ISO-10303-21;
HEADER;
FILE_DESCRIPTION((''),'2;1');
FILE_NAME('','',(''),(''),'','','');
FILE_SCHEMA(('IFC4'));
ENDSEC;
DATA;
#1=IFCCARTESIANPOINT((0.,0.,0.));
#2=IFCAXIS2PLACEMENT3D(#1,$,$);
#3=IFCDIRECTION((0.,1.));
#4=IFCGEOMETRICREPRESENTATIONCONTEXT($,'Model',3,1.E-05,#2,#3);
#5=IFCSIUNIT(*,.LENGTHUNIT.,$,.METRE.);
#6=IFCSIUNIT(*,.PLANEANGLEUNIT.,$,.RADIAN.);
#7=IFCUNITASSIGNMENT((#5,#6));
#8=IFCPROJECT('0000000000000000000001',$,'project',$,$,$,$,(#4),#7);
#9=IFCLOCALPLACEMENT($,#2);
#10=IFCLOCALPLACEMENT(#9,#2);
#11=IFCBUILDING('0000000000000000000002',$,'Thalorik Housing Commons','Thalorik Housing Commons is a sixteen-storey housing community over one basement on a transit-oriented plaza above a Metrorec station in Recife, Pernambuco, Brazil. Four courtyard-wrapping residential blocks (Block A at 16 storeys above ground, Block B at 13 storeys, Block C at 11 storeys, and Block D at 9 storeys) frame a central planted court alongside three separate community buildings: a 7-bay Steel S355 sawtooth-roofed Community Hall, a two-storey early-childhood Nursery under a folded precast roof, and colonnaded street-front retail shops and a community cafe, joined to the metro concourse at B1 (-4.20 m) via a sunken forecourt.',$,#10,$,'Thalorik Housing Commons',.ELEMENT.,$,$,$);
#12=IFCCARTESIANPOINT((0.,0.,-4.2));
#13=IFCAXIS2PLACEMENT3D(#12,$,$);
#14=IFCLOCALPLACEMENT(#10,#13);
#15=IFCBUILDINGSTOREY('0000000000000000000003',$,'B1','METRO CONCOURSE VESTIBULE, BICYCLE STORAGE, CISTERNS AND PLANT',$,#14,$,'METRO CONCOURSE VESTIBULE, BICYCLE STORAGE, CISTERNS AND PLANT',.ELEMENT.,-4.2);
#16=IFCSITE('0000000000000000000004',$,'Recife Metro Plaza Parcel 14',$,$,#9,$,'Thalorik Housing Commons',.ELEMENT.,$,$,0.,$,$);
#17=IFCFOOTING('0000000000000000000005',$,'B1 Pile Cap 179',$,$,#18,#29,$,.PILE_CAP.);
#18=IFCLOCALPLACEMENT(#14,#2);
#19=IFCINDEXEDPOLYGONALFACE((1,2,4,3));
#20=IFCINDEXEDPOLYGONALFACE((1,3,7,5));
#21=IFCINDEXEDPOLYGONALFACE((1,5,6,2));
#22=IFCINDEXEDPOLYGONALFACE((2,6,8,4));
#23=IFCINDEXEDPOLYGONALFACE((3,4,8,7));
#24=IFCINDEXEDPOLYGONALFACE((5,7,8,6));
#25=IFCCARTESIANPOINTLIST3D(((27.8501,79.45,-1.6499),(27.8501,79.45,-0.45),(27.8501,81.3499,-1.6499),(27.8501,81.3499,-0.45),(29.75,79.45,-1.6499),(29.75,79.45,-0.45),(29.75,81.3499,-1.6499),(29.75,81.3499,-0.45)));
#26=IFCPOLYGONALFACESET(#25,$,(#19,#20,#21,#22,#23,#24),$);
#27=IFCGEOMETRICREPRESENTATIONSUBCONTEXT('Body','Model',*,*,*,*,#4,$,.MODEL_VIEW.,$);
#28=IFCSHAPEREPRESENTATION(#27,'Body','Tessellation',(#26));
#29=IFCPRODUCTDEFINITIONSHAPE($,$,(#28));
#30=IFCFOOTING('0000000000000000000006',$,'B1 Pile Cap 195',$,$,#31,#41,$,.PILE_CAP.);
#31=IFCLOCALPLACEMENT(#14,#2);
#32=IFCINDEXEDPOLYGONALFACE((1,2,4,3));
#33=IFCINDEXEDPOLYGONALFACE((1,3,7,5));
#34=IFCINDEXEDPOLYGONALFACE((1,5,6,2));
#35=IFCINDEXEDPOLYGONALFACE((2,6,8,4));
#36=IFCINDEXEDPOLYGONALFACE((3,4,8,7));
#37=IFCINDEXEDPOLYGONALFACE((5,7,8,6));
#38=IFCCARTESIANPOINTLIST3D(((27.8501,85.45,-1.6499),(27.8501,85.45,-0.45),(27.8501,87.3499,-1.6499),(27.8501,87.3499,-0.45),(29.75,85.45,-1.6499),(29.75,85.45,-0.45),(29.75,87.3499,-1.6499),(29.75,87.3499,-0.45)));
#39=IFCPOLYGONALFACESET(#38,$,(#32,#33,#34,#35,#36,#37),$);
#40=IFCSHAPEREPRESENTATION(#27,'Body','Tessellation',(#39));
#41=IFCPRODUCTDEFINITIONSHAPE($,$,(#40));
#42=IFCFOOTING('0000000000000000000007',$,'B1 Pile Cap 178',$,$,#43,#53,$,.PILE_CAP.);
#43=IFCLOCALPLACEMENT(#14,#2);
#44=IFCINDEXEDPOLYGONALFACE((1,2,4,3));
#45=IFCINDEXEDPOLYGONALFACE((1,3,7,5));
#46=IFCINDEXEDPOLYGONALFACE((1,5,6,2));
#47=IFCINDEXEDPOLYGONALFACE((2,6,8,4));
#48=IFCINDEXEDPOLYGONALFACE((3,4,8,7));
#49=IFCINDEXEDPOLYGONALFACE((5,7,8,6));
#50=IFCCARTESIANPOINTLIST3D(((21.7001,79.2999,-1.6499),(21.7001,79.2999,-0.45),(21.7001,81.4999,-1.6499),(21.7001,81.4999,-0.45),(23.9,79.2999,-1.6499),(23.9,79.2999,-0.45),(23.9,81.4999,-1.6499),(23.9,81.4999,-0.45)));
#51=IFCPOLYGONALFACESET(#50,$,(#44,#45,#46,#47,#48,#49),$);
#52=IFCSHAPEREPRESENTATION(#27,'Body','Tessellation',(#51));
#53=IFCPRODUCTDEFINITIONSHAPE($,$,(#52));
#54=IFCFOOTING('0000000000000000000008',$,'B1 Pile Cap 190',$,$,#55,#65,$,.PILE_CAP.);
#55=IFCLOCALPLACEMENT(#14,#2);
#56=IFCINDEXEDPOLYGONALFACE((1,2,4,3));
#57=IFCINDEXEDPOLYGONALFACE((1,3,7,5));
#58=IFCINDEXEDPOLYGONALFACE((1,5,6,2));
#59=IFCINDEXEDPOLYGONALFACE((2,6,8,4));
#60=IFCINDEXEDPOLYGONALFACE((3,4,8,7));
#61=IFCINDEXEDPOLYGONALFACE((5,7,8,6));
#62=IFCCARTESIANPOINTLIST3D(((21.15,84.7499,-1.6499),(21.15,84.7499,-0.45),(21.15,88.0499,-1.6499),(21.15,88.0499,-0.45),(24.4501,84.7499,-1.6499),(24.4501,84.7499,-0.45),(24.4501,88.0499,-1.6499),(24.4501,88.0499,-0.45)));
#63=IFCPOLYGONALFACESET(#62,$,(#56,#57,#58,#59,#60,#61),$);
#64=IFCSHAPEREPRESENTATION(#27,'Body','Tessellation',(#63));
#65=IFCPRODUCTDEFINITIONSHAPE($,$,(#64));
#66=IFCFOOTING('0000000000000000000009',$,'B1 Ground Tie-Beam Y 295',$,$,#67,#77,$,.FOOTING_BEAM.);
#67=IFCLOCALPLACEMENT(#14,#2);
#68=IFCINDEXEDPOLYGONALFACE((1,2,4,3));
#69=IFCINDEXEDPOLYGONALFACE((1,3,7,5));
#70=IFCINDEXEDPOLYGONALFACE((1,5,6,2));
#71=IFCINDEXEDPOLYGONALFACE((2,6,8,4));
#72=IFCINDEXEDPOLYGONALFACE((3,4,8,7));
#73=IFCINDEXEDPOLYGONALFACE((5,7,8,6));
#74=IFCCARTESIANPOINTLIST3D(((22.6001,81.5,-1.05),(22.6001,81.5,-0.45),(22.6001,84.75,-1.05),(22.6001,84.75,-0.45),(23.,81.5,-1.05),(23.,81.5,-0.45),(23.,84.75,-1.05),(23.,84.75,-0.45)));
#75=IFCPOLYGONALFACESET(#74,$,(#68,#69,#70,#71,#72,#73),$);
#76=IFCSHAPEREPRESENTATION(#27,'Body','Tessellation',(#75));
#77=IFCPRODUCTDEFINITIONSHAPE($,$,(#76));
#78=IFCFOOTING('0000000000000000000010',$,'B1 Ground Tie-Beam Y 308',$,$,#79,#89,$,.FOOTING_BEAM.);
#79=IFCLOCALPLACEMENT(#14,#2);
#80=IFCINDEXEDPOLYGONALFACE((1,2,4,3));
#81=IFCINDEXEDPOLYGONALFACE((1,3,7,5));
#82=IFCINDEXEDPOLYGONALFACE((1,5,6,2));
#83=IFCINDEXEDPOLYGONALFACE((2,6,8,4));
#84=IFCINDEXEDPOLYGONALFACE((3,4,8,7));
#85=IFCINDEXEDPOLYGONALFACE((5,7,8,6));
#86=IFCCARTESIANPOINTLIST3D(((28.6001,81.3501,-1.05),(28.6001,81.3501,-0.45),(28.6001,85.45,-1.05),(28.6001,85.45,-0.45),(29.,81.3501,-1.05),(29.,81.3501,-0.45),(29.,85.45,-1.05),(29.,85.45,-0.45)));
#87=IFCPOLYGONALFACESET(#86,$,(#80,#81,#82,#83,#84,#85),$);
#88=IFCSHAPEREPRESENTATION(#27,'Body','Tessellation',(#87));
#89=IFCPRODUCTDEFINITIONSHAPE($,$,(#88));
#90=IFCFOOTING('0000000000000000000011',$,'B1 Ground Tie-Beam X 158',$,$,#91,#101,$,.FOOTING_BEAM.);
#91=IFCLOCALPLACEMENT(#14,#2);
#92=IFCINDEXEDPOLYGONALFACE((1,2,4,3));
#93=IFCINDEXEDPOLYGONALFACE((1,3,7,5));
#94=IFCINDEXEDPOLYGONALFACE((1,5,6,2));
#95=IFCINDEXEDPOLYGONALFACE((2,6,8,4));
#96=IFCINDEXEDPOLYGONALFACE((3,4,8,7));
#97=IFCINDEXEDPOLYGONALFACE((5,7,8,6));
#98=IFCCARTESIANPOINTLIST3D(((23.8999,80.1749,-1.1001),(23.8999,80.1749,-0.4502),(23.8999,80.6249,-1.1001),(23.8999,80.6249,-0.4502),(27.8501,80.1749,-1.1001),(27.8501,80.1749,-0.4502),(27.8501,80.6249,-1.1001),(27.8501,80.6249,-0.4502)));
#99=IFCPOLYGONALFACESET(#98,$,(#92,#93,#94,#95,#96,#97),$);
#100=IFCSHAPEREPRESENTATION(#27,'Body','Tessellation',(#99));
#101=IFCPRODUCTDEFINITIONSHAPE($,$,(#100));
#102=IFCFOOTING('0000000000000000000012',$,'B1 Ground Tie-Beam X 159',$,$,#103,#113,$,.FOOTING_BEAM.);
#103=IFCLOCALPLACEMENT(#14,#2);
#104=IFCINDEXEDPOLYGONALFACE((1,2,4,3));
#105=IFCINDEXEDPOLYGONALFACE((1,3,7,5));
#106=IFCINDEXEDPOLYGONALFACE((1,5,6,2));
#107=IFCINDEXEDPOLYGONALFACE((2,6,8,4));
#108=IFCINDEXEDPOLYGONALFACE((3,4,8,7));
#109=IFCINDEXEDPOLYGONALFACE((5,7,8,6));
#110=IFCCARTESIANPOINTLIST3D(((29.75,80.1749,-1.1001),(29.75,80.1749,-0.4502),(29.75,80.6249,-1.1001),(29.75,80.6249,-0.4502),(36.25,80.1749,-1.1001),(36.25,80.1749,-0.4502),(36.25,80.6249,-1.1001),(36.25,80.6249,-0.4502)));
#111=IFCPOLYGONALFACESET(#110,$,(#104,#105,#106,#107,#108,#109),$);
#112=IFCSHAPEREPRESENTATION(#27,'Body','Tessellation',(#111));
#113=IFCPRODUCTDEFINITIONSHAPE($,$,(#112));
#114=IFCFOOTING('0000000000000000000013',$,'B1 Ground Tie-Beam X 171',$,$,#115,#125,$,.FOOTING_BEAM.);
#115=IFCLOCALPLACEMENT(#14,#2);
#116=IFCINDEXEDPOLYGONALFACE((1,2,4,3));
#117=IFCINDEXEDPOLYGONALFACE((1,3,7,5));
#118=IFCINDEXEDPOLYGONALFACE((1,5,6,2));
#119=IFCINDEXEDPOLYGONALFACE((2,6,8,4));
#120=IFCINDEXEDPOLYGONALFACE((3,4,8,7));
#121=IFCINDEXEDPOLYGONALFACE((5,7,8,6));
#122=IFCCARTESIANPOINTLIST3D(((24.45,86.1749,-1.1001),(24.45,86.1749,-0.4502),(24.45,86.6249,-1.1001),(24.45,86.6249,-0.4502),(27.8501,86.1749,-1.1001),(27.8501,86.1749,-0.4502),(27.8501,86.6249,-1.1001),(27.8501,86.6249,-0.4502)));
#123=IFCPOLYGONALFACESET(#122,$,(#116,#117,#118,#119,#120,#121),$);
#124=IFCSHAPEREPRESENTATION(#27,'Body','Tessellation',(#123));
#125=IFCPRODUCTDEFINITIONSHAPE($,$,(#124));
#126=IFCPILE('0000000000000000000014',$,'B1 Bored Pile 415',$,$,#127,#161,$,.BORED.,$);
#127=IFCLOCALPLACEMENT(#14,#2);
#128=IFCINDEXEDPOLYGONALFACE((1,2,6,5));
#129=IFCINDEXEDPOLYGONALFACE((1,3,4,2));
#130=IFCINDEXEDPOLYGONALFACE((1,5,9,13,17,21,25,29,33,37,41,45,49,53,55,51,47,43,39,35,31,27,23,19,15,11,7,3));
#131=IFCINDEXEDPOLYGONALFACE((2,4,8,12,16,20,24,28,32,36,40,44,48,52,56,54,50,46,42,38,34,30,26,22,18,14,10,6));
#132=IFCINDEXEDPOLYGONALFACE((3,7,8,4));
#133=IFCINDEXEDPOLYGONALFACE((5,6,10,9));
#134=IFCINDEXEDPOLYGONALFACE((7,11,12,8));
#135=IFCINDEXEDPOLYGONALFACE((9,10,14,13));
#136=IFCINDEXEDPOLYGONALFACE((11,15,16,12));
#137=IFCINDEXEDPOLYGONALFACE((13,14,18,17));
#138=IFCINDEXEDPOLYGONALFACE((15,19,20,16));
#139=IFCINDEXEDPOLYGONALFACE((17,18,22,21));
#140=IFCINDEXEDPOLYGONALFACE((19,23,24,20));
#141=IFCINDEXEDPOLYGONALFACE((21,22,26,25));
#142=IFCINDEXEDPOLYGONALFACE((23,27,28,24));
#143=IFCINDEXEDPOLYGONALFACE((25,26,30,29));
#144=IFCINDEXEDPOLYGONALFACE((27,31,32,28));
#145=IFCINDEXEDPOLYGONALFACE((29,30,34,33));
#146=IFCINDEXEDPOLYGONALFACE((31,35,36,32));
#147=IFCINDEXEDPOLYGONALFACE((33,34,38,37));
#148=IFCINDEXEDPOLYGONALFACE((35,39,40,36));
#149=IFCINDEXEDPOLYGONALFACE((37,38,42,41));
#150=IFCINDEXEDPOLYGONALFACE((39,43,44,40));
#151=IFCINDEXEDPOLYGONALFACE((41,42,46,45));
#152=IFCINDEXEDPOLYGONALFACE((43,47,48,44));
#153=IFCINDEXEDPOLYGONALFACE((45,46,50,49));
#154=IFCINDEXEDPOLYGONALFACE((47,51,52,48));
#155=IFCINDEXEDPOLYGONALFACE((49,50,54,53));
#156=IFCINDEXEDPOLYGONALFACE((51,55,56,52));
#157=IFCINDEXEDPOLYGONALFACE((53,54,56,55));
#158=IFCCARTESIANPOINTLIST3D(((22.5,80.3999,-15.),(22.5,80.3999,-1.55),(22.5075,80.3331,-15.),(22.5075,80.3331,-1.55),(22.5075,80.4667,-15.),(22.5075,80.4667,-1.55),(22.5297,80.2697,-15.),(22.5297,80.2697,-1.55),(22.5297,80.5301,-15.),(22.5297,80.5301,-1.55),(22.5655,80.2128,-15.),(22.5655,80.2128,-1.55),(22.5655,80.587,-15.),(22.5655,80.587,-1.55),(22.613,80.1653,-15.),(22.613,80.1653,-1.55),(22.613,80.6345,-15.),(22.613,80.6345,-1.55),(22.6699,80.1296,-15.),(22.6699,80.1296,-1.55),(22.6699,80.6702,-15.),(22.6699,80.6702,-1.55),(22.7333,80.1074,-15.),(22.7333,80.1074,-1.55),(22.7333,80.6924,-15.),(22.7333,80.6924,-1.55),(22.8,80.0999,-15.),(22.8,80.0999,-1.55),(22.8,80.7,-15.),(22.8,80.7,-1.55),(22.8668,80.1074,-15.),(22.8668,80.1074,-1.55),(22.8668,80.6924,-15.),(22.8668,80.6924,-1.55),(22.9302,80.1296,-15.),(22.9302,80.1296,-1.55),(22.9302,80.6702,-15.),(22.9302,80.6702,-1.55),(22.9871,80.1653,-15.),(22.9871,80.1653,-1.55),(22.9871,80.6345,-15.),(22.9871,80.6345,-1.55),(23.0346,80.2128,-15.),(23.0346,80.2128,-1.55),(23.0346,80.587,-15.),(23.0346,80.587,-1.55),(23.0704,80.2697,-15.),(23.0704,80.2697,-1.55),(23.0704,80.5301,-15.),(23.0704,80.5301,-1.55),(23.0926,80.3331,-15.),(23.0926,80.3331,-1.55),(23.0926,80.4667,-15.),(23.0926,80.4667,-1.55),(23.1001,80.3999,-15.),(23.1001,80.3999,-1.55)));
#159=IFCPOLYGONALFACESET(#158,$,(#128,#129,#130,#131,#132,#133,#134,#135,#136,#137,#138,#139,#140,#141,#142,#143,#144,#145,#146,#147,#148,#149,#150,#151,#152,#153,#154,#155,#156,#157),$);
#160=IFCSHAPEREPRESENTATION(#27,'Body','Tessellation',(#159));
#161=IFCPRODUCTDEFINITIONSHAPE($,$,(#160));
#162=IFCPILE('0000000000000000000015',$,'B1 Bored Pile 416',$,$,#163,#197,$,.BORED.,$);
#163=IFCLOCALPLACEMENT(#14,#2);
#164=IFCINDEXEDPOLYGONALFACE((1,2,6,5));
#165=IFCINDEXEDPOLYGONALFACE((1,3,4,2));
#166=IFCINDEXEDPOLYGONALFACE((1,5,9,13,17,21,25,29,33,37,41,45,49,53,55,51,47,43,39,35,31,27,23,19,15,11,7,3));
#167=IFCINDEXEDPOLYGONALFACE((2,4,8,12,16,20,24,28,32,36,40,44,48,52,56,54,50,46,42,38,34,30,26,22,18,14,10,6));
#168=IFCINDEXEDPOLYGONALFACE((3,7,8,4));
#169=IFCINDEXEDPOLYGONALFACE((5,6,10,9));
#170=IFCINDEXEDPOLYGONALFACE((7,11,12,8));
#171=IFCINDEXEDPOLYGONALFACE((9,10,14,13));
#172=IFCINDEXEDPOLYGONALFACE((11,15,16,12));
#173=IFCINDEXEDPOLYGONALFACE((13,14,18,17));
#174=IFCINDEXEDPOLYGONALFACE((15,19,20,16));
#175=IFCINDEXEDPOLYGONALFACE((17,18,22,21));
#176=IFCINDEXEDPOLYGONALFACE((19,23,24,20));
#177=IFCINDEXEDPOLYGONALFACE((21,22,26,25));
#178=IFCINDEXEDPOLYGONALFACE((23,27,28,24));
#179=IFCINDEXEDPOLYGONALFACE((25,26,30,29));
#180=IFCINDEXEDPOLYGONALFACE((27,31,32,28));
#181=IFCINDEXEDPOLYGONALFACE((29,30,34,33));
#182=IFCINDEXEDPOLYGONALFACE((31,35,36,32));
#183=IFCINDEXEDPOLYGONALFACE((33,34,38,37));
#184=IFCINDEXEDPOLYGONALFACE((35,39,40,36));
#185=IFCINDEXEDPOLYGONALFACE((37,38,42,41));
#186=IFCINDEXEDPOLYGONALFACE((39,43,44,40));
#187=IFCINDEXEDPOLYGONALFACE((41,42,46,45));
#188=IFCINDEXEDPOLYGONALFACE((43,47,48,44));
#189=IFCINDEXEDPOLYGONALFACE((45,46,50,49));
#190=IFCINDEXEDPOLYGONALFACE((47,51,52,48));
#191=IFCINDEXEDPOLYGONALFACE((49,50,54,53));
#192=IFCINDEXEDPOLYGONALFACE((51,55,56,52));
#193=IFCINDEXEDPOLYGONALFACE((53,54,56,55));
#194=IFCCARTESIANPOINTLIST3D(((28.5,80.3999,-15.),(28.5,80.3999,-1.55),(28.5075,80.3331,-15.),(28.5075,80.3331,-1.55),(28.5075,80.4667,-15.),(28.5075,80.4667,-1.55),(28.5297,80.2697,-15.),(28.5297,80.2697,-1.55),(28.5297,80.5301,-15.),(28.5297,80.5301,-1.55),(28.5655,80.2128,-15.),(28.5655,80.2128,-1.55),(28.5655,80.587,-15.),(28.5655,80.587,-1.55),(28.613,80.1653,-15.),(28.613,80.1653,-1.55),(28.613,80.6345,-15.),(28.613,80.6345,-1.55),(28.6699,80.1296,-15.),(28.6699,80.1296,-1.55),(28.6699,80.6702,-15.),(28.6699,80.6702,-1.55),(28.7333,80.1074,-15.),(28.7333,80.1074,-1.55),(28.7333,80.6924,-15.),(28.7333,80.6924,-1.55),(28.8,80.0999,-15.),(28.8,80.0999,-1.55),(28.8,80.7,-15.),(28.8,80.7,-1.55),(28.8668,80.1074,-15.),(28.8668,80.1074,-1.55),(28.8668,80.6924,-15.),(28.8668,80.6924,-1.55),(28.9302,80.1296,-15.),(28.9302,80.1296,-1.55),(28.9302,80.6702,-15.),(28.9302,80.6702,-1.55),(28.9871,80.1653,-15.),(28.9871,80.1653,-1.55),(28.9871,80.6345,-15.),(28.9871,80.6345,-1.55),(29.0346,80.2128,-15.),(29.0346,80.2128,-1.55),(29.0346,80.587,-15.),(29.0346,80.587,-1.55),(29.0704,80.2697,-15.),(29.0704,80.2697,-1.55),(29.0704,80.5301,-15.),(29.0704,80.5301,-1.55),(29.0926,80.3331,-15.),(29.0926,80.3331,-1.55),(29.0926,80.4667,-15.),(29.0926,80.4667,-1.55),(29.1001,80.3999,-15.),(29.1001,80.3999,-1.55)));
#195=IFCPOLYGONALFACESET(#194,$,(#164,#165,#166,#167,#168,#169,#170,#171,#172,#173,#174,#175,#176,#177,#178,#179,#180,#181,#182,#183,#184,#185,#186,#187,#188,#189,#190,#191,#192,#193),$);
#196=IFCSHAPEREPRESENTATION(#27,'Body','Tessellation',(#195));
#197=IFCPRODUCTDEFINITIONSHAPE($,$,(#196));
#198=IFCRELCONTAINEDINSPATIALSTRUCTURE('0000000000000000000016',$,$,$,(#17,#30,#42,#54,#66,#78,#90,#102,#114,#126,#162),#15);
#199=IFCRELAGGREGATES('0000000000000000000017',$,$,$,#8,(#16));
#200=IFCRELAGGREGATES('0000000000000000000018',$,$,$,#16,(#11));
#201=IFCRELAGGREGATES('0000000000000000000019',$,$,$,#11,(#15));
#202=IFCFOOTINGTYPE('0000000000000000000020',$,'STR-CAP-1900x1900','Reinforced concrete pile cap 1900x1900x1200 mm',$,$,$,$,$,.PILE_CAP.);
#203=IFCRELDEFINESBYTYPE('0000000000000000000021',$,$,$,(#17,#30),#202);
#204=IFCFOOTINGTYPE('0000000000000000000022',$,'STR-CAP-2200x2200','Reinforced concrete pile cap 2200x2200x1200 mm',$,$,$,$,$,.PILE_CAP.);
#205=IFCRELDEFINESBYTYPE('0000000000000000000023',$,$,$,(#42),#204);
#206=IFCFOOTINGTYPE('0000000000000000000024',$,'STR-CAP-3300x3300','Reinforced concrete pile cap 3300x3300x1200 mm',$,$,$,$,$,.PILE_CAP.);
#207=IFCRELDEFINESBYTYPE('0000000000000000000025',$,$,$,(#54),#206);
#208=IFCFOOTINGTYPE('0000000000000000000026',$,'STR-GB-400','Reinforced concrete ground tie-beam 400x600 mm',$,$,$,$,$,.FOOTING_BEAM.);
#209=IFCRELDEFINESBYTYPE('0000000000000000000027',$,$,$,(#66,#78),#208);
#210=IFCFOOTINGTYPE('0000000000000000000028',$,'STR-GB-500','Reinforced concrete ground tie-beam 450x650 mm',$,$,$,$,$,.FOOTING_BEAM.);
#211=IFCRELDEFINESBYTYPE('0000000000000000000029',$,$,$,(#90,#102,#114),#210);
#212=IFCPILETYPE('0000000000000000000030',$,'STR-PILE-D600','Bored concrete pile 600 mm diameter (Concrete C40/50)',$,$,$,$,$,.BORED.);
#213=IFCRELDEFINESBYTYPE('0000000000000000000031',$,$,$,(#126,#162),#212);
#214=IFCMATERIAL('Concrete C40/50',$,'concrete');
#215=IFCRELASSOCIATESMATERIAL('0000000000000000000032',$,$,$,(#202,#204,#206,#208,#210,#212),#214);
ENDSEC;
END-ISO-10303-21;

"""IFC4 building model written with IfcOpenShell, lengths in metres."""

from ifc_helpers import new_model, si_unit, direction, frame, origin, origin_2d, place, context, subcontext, project, spatial, rectangle, circle, extrude, material, material_profile, profile_set, type_object, element, save


model = new_model("IFC4")

# Units and contexts
model_context = context("Model", 3, precision=1e-05, world=origin(), true_north=direction((0.0, 1.0)))
body_context = subcontext(model_context, "Body", "Model", "MODEL_VIEW")
ifc_project = project(units=[si_unit("LENGTHUNIT", "METRE"), si_unit("PLANEANGLEUNIT", "RADIAN")], contexts=[model_context])

# Site, building, storey
site_placement = place(None, origin())
site = spatial("IfcSite", under=ifc_project, at=site_placement, Name="Recife Metro Plaza Parcel 14", LongName="Thalorik Housing Commons", CompositionType="ELEMENT", RefElevation=0.0)
building_placement = place(site_placement, origin())
building = spatial("IfcBuilding", under=site, at=building_placement, Name="Thalorik Housing Commons", Description="Thalorik Housing Commons is a sixteen-storey housing community over one basement on a transit-oriented plaza above a Metrorec station in Recife, Pernambuco, Brazil. Four courtyard-wrapping residential blocks (Block A at 16 storeys above ground, Block B at 13 storeys, Block C at 11 storeys, and Block D at 9 storeys) frame a central planted court alongside three separate community buildings: a 7-bay Steel S355 sawtooth-roofed Community Hall, a two-storey early-childhood Nursery under a folded precast roof, and colonnaded street-front retail shops and a community cafe, joined to the metro concourse at B1 (-4.20 m) via a sunken forecourt.", LongName="Thalorik Housing Commons", CompositionType="ELEMENT")
storey_placement = place(building_placement, frame((0.0, 0.0, -4.2)))
storey = spatial("IfcBuildingStorey", under=building, at=storey_placement, Name="B1", Description="METRO CONCOURSE VESTIBULE, BICYCLE STORAGE, CISTERNS AND PLANT", LongName="METRO CONCOURSE VESTIBULE, BICYCLE STORAGE, CISTERNS AND PLANT", CompositionType="ELEMENT", Elevation=-4.2)

# Footings
ifc_material_1 = material(Name="Concrete C40/50", Category="concrete")
footing_type_1 = type_object("IfcFootingType", Name="STR-CAP-1900x1900", Description="Reinforced concrete pile cap 1900x1900x1200 mm", PredefinedType="PILE_CAP", material=ifc_material_1)
for number, where, z_axis, x_axis, name in (
    (1, (28.8, 80.3999, -1.6499), (0.0, 0.0, 1.0), (1.0, 0.0, 0.0), "B1 Pile Cap 179"),
    (2, (28.8, 86.3999, -1.6499), (0.0, 0.0, 1.0), (1.0, 0.0, 0.0), "B1 Pile Cap 195"),
):
    element("IfcFooting", number, at=place(storey_placement, frame(where, z_axis=z_axis, x_axis=x_axis)), inside=storey, type_object=footing_type_1, Name=name, PredefinedType="PILE_CAP", context=body_context, shape_type="SweptSolid", body=[
        extrude(rectangle(XDim=1.8999, YDim=1.8999, at=origin_2d()), origin(), (0.0, 0.0, 1.0), 1.2),
    ])
footing_type_2 = type_object("IfcFootingType", Name="STR-CAP-2200x2200", Description="Reinforced concrete pile cap 2200x2200x1200 mm", PredefinedType="PILE_CAP", material=ifc_material_1)
footing_1_placement = place(storey_placement, frame((22.8, 80.3999, -1.6499), z_axis=(0.0, 0.0, 1.0), x_axis=(1.0, 0.0, 0.0)))
element("IfcFooting", 3, at=footing_1_placement, inside=storey, type_object=footing_type_2, Name="B1 Pile Cap 178", PredefinedType="PILE_CAP", context=body_context, shape_type="SweptSolid", body=[
    extrude(rectangle(XDim=2.2, YDim=2.2, at=origin_2d()), origin(), (0.0, 0.0, 1.0), 1.2),
])
footing_type_3 = type_object("IfcFootingType", Name="STR-CAP-3300x3300", Description="Reinforced concrete pile cap 3300x3300x1200 mm", PredefinedType="PILE_CAP", material=ifc_material_1)
footing_2_placement = place(storey_placement, frame((22.8, 86.3999, -1.6499), z_axis=(0.0, 0.0, 1.0), x_axis=(1.0, 0.0, 0.0)))
element("IfcFooting", 4, at=footing_2_placement, inside=storey, type_object=footing_type_3, Name="B1 Pile Cap 190", PredefinedType="PILE_CAP", context=body_context, shape_type="SweptSolid", body=[
    extrude(rectangle(XDim=3.3, YDim=3.3, at=origin_2d()), origin(), (0.0, 0.0, 1.0), 1.2),
])
ifc_material_profile_1 = material_profile(ifc_material_1, rectangle(XDim=0.3999, YDim=0.6001, at=origin_2d()), Name="RC 400x600", Category="concrete")
ifc_profile_set_1 = profile_set([ifc_material_profile_1], Name="Concrete C40/50")
footing_type_4 = type_object("IfcFootingType", Name="STR-GB-400", Description="Reinforced concrete ground tie-beam 400x600 mm", PredefinedType="FOOTING_BEAM", material=ifc_profile_set_1)
footing_3_placement = place(storey_placement, frame((22.8, 81.5, -0.75), z_axis=(0.0, 1.0, 0.0), x_axis=(-1.0, 0.0, 0.0)))
element("IfcFooting", 5, at=footing_3_placement, inside=storey, type_object=footing_type_4, Name="B1 Ground Tie-Beam Y 295", PredefinedType="FOOTING_BEAM", context=body_context, shape_type="SweptSolid", body=[
    extrude(rectangle(XDim=0.3999, YDim=0.6001, at=origin_2d()), origin(), (0.0, 0.0, 1.0), 3.25),
])
footing_4_placement = place(storey_placement, frame((28.8, 81.3501, -0.75), z_axis=(0.0, 1.0, 0.0), x_axis=(-1.0, 0.0, 0.0)))
element("IfcFooting", 6, at=footing_4_placement, inside=storey, type_object=footing_type_4, Name="B1 Ground Tie-Beam Y 308", PredefinedType="FOOTING_BEAM", context=body_context, shape_type="SweptSolid", body=[
    extrude(rectangle(XDim=0.3999, YDim=0.6001, at=origin_2d()), origin(), (0.0, 0.0, 1.0), 4.0999),
])
ifc_material_profile_2 = material_profile(ifc_material_1, rectangle(XDim=0.45, YDim=0.6499, at=origin_2d()), Name="RC 450x650", Category="concrete")
ifc_profile_set_2 = profile_set([ifc_material_profile_2], Name="Concrete C40/50")
footing_type_5 = type_object("IfcFootingType", Name="STR-GB-500", Description="Reinforced concrete ground tie-beam 450x650 mm", PredefinedType="FOOTING_BEAM", material=ifc_profile_set_2)
footing_5_placement = place(storey_placement, frame((23.8999, 80.3999, -0.7751), z_axis=(1.0, 0.0, 0.0), x_axis=(0.0, 1.0, 0.0)))
element("IfcFooting", 7, at=footing_5_placement, inside=storey, type_object=footing_type_5, Name="B1 Ground Tie-Beam X 158", PredefinedType="FOOTING_BEAM", context=body_context, shape_type="SweptSolid", body=[
    extrude(rectangle(XDim=0.45, YDim=0.6499, at=origin_2d()), origin(), (0.0, 0.0, 1.0), 3.9502),
])
footing_6_placement = place(storey_placement, frame((29.75, 80.3999, -0.7751), z_axis=(1.0, 0.0, 0.0), x_axis=(0.0, 1.0, 0.0)))
element("IfcFooting", 8, at=footing_6_placement, inside=storey, type_object=footing_type_5, Name="B1 Ground Tie-Beam X 159", PredefinedType="FOOTING_BEAM", context=body_context, shape_type="SweptSolid", body=[
    extrude(rectangle(XDim=0.45, YDim=0.6499, at=origin_2d()), origin(), (0.0, 0.0, 1.0), 6.5),
])
footing_7_placement = place(storey_placement, frame((24.45, 86.3999, -0.7751), z_axis=(1.0, 0.0, 0.0), x_axis=(0.0, 1.0, 0.0)))
element("IfcFooting", 9, at=footing_7_placement, inside=storey, type_object=footing_type_5, Name="B1 Ground Tie-Beam X 171", PredefinedType="FOOTING_BEAM", context=body_context, shape_type="SweptSolid", body=[
    extrude(rectangle(XDim=0.45, YDim=0.6499, at=origin_2d()), origin(), (0.0, 0.0, 1.0), 3.4001),
])

# Piles
ifc_material_profile_3 = material_profile(ifc_material_1, circle(Radius=0.3, at=origin_2d()), Name="BORED PILE D600", Category="concrete")
ifc_profile_set_3 = profile_set([ifc_material_profile_3], Name="Concrete C40/50")
pile_type_1 = type_object("IfcPileType", Name="STR-PILE-D600", Description="Bored concrete pile 600 mm diameter (Concrete C40/50)", PredefinedType="BORED", material=ifc_profile_set_3)
for number, where, z_axis, x_axis, name in (
    (10, (22.8, 80.3999, -1.55), (0.0, 0.0, -1.0), (1.0, 0.0, 0.0), "B1 Bored Pile 415"),
    (11, (28.8, 80.3999, -1.55), (0.0, 0.0, -1.0), (1.0, 0.0, 0.0), "B1 Bored Pile 416"),
):
    element("IfcPile", number, at=place(storey_placement, frame(where, z_axis=z_axis, x_axis=x_axis)), inside=storey, type_object=pile_type_1, Name=name, PredefinedType="BORED", context=body_context, shape_type="SweptSolid", body=[
        extrude(circle(Radius=0.3, at=origin_2d()), origin(), (0.0, 0.0, 1.0), 13.45),
    ])

save(model, "model.ifc")
